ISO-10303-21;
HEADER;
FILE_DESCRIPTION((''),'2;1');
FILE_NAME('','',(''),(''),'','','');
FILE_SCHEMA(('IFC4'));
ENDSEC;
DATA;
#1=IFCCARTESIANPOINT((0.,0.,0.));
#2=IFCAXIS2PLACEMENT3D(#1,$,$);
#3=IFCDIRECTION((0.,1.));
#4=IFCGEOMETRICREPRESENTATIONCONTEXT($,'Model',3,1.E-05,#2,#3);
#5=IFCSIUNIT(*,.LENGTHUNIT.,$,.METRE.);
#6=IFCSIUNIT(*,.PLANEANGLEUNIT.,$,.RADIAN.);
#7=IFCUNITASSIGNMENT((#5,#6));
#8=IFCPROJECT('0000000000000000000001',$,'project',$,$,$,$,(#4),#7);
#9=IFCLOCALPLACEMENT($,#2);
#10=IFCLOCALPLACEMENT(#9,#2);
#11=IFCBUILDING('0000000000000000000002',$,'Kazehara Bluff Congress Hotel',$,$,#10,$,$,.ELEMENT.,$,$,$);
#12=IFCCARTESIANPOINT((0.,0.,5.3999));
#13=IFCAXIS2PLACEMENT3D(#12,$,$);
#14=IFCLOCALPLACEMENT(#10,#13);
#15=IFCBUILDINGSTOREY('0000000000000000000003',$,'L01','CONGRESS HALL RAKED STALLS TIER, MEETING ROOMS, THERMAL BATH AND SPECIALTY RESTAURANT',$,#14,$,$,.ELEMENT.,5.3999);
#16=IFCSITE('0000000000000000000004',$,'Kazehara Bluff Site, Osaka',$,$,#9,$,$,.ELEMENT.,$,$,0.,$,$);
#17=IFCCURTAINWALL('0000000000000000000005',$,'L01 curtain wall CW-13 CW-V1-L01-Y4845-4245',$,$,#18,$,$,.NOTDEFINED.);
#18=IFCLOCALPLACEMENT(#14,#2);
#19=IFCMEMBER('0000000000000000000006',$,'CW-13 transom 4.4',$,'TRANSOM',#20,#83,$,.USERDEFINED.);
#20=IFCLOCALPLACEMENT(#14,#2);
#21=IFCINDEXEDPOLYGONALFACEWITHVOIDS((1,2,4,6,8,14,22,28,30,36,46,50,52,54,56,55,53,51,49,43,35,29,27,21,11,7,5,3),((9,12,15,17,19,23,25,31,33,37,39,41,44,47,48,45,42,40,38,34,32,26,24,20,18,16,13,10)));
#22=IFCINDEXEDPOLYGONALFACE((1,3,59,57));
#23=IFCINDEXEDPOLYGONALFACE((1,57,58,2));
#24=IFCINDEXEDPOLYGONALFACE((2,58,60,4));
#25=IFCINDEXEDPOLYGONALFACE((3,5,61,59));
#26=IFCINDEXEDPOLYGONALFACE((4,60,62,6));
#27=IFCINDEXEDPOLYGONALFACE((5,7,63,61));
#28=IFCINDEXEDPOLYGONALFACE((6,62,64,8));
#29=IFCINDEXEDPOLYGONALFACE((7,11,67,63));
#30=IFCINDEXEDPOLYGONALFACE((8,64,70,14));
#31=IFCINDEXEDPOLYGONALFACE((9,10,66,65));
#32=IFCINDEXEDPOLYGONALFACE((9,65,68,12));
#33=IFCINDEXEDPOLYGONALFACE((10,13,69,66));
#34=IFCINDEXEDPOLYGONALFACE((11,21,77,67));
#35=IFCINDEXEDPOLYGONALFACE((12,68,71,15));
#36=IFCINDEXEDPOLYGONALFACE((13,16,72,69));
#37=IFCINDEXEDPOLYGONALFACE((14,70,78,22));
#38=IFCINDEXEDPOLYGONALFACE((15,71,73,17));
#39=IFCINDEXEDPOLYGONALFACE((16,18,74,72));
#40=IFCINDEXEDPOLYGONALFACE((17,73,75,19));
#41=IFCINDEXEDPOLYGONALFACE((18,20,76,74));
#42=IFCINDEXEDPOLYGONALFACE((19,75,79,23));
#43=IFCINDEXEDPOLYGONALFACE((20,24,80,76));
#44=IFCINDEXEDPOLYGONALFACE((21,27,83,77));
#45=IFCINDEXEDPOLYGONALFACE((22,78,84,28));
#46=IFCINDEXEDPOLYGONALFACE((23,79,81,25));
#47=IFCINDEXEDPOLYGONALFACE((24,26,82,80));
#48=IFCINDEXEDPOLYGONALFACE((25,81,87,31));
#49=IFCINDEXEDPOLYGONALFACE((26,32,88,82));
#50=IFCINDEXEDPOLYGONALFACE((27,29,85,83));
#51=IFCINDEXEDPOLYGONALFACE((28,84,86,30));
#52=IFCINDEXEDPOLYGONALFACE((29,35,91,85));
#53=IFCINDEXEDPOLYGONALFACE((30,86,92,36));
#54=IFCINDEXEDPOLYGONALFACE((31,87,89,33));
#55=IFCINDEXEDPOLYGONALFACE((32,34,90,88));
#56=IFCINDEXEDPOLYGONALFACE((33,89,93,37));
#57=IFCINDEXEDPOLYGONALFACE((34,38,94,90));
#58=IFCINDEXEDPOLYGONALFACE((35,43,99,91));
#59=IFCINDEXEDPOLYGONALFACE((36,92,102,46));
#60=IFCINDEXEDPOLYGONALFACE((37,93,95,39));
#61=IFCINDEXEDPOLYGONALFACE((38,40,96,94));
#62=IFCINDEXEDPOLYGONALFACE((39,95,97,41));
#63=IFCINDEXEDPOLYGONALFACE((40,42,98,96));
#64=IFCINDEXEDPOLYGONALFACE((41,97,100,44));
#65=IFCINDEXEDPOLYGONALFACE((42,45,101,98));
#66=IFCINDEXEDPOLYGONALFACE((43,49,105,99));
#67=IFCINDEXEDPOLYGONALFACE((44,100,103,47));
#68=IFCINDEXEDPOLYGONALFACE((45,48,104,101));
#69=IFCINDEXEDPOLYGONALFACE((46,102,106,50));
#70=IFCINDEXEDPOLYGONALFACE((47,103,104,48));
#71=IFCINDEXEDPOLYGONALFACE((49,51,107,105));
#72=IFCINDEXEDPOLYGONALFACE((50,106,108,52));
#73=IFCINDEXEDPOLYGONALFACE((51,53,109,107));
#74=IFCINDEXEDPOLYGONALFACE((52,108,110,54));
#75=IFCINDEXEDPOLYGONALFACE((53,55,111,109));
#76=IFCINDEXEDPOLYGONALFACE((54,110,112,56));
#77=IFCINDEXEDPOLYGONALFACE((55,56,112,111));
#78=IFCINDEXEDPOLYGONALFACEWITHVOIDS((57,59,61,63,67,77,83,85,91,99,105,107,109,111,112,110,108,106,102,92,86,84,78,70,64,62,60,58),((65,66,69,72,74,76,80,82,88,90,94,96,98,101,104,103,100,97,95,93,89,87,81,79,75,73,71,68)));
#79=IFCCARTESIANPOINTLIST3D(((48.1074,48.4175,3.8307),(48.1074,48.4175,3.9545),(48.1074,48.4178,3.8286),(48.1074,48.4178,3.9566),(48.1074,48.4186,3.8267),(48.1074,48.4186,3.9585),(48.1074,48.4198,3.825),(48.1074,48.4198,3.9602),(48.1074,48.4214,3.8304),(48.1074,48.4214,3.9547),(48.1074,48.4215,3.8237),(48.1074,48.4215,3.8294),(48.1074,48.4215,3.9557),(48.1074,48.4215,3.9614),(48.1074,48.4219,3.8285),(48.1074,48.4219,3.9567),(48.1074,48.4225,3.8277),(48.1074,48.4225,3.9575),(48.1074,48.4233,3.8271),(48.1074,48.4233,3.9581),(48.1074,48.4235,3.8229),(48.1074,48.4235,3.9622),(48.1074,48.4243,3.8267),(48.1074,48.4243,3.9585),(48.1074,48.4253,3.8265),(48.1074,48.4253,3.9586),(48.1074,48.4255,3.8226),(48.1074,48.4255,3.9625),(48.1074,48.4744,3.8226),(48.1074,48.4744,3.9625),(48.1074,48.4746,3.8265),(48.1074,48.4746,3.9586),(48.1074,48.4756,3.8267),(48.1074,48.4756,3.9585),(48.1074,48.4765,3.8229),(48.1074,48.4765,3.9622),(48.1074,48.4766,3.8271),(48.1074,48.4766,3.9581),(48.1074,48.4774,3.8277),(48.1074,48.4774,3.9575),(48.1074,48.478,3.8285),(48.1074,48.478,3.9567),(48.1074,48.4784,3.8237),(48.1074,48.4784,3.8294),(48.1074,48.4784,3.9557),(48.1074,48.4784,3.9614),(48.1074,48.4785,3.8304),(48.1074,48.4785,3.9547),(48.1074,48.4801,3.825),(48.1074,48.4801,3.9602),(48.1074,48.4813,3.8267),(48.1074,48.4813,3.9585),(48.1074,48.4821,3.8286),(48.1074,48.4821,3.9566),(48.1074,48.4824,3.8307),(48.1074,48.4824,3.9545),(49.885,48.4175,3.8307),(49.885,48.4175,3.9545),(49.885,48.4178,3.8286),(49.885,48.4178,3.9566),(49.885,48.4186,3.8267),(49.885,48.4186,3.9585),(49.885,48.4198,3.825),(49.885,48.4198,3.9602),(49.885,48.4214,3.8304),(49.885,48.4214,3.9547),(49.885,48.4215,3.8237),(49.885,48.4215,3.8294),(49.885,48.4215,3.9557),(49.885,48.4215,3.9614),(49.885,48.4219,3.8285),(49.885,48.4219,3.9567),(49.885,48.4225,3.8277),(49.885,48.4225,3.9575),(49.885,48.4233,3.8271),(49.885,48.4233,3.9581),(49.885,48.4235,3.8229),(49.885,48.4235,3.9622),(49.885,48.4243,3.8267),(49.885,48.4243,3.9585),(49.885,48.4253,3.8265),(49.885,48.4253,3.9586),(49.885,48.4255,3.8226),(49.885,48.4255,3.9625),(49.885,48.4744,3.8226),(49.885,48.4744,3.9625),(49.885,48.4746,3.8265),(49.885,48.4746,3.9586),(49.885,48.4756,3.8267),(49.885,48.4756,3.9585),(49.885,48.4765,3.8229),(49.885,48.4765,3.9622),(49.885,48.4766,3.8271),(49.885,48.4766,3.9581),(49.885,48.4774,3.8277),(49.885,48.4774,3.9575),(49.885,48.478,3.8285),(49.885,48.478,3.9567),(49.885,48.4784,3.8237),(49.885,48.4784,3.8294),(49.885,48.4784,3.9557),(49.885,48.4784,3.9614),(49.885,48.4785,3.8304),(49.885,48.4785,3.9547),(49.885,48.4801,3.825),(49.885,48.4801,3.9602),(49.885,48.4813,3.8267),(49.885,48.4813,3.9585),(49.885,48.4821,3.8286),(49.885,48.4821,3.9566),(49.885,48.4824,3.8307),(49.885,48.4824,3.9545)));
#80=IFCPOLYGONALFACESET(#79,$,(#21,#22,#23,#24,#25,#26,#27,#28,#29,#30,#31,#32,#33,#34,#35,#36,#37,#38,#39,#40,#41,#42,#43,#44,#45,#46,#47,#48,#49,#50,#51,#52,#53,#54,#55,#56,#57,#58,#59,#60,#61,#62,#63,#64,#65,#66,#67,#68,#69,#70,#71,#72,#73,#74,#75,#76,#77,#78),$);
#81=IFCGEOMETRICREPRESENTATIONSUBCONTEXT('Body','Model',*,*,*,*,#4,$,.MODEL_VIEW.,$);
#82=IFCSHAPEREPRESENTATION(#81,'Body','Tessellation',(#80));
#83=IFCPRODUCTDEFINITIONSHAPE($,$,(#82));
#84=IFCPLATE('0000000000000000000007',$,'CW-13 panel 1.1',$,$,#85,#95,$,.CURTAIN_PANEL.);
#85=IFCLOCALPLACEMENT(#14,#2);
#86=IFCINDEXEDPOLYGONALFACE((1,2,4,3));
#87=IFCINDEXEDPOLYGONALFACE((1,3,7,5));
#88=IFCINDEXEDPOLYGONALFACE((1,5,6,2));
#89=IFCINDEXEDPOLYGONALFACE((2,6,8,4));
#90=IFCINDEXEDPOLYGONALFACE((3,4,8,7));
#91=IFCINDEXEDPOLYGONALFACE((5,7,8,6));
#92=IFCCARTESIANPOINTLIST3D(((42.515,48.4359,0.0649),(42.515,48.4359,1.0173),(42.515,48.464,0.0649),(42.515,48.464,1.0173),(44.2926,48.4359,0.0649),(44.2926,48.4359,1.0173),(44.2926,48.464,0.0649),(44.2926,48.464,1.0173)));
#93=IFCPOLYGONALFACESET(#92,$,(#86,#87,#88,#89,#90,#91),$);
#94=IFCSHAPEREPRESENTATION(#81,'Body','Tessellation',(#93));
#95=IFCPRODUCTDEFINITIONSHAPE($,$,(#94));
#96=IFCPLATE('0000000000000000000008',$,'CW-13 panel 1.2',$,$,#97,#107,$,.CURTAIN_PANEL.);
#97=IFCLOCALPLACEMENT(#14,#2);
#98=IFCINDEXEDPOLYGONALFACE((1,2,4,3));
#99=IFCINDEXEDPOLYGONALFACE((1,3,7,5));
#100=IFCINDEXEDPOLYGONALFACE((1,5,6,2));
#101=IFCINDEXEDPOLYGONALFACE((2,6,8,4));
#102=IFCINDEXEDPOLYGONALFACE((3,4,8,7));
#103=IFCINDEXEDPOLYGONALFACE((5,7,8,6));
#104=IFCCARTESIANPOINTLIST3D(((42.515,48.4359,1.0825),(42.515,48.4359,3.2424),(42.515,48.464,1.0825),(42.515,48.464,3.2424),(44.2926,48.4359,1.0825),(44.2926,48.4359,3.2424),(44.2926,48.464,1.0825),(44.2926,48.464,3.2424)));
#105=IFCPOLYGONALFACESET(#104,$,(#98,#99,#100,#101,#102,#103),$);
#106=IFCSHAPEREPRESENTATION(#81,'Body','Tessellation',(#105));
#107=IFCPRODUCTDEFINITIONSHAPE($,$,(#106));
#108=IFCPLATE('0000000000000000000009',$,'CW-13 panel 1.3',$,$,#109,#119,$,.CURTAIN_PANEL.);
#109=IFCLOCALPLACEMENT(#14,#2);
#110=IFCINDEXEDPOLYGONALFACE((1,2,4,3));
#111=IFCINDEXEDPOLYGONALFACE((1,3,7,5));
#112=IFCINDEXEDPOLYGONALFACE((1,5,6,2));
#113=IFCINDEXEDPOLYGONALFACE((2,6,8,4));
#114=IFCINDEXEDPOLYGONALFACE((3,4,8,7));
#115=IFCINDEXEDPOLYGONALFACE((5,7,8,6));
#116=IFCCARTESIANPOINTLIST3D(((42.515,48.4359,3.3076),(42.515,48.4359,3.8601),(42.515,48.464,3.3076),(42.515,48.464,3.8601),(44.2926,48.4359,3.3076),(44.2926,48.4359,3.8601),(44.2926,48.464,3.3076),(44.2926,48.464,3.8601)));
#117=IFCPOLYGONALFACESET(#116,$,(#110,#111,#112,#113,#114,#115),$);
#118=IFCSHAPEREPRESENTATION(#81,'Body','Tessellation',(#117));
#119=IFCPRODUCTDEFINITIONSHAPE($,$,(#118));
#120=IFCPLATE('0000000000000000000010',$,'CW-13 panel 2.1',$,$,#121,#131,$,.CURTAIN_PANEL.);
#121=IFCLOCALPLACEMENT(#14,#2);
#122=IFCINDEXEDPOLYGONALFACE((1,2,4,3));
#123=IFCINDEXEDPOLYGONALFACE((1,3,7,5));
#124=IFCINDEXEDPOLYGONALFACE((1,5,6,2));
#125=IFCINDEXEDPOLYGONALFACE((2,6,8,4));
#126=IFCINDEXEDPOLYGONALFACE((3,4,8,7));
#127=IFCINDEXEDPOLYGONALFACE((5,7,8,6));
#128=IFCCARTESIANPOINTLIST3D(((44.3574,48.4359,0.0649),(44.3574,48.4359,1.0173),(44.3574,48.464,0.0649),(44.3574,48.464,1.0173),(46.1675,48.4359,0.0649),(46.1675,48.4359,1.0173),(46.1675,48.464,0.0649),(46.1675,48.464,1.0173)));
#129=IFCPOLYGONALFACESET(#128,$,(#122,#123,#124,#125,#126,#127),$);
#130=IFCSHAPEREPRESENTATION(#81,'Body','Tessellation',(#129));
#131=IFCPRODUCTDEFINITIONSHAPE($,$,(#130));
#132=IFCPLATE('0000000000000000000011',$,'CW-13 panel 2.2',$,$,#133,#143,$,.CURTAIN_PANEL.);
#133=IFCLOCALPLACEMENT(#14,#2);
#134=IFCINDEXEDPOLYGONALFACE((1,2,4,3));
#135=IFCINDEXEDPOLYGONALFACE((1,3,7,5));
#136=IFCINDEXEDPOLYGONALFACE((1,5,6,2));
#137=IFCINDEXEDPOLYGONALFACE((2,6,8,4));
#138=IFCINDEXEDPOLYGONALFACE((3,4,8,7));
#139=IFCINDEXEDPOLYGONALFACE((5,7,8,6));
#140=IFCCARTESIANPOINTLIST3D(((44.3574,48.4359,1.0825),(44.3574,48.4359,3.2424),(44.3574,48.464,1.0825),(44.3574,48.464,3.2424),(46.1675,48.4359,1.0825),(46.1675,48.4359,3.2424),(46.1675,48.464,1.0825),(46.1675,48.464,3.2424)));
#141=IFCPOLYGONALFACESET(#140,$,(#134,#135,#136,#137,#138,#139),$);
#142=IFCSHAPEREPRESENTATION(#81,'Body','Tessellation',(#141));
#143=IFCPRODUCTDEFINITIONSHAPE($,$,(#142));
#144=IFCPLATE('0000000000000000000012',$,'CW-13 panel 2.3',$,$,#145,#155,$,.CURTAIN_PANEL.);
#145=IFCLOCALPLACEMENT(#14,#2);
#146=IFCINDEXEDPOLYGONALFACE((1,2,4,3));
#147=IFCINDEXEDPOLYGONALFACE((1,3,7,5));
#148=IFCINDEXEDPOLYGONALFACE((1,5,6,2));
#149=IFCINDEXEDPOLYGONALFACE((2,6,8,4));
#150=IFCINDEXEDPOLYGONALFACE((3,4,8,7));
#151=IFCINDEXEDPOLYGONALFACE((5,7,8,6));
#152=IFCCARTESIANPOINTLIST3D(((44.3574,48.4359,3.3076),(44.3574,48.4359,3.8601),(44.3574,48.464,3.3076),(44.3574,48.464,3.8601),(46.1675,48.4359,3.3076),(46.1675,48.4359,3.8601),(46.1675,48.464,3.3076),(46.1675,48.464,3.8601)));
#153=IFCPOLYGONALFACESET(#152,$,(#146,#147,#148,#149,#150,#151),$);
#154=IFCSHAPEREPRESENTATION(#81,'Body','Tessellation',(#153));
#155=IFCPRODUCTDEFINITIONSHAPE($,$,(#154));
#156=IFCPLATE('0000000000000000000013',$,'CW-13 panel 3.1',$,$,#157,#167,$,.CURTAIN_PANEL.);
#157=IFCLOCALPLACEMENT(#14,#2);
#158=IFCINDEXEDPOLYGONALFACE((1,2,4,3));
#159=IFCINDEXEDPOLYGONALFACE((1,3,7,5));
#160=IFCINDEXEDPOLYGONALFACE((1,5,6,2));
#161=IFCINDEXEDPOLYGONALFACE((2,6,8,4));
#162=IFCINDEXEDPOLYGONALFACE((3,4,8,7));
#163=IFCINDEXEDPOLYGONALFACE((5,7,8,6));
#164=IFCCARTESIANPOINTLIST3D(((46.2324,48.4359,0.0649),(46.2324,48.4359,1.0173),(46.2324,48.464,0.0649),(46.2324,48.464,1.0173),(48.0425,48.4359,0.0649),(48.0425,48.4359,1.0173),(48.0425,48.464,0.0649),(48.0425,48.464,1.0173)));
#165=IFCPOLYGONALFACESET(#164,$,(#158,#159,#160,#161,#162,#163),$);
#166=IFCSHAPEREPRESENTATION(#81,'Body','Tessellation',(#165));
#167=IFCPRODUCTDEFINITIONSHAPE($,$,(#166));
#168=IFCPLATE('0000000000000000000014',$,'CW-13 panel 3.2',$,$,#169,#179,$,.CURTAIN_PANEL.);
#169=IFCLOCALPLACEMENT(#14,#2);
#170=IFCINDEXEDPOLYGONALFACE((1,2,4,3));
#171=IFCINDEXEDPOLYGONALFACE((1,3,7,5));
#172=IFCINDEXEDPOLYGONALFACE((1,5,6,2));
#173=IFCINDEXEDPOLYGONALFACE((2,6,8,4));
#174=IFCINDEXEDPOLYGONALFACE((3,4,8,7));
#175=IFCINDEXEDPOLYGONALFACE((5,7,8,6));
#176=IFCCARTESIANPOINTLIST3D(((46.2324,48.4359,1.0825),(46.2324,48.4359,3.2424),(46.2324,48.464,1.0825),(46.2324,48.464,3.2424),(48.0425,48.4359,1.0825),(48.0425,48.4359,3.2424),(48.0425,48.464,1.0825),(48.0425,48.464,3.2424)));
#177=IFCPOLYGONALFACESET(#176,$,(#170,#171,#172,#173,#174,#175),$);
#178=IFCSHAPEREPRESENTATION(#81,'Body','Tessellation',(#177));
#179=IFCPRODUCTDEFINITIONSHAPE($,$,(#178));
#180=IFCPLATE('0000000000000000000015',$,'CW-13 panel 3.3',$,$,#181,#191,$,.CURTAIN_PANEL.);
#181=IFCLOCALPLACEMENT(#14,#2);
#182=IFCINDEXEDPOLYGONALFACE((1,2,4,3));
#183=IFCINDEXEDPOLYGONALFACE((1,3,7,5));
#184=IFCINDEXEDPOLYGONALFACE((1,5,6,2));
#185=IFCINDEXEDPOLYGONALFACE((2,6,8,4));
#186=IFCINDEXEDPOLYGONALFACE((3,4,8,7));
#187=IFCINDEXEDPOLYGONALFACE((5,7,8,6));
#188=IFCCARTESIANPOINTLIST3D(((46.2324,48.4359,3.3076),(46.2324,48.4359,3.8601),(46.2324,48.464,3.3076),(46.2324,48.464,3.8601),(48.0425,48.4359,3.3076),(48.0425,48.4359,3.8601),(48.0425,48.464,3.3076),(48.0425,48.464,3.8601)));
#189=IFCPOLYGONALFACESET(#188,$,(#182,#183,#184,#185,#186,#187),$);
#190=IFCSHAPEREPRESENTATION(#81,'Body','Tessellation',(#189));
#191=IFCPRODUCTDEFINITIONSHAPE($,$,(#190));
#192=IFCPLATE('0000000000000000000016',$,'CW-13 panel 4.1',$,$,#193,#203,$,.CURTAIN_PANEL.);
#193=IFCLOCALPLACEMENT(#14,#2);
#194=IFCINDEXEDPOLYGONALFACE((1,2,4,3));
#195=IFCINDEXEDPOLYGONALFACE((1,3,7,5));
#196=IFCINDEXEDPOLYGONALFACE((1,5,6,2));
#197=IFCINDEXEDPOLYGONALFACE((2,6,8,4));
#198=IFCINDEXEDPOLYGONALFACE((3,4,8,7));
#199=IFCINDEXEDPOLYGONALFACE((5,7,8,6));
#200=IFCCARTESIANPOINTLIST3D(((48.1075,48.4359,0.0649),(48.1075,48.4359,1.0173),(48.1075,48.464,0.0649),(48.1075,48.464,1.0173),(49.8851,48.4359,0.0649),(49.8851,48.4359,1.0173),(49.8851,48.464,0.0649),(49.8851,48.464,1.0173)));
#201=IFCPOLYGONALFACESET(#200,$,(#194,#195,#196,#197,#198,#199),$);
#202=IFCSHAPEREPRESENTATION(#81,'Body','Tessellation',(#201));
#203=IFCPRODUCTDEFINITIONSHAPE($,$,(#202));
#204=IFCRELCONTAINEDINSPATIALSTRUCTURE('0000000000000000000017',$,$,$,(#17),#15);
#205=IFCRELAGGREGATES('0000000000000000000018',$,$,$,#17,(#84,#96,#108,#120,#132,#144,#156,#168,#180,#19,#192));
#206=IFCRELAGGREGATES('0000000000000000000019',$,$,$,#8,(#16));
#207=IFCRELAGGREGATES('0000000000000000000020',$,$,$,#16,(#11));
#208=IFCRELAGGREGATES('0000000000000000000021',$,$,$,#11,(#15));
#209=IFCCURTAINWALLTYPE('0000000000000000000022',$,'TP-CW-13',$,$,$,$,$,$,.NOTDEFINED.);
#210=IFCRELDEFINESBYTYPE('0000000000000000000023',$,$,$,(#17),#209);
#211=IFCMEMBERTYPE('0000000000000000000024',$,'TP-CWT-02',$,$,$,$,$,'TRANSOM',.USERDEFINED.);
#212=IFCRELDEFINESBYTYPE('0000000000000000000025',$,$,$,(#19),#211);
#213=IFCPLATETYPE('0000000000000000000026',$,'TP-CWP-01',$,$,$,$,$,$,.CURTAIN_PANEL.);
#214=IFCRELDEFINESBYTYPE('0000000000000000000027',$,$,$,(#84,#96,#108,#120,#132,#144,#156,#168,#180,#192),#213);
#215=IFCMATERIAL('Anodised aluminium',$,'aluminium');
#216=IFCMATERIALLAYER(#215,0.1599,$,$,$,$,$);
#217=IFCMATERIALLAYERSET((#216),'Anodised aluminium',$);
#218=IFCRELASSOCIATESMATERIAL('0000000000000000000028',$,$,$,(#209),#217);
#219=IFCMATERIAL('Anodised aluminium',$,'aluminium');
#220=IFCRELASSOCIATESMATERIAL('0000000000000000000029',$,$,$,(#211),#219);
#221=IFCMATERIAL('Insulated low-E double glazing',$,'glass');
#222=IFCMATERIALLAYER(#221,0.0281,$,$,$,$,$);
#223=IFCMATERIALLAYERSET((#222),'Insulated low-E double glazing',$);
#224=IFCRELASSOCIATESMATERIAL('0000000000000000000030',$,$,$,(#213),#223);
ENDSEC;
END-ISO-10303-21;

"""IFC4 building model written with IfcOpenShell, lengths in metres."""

from ifc_helpers import new_model, si_unit, direction, frame, origin, origin_2d, place, context, subcontext, project, spatial, rectangle, hollow_rectangle, extrude, material, layer, layer_set, material_profile, profile_set, type_object, element, aggregate, save


model = new_model("IFC4")

# Units and contexts
model_context = context("Model", 3, precision=1e-05, world=origin(), true_north=direction((0.0, 1.0)))
body_context = subcontext(model_context, "Body", "Model", "MODEL_VIEW")
ifc_project = project(units=[si_unit("LENGTHUNIT", "METRE"), si_unit("PLANEANGLEUNIT", "RADIAN")], contexts=[model_context])

# Site, building, storey
site_placement = place(None, origin())
site = spatial("IfcSite", under=ifc_project, at=site_placement, Name="Kazehara Bluff Site, Osaka", CompositionType="ELEMENT", RefElevation=0.0)
building_placement = place(site_placement, origin())
building = spatial("IfcBuilding", under=site, at=building_placement, Name="Kazehara Bluff Congress Hotel", CompositionType="ELEMENT")
storey_placement = place(building_placement, frame((0.0, 0.0, 5.3999)))
storey = spatial("IfcBuildingStorey", under=building, at=storey_placement, Name="L01", Description="CONGRESS HALL RAKED STALLS TIER, MEETING ROOMS, THERMAL BATH AND SPECIALTY RESTAURANT", CompositionType="ELEMENT", Elevation=5.3999)

# Curtain wall, member, plates
ifc_material_1 = material(Name="Anodised aluminium", Category="aluminium")
ifc_layer_1 = layer(ifc_material_1, 0.1599)
ifc_layer_set_1 = layer_set([ifc_layer_1], Name="Anodised aluminium")
curtain_wall_type = type_object("IfcCurtainWallType", Name="TP-CW-13", PredefinedType="NOTDEFINED", material=ifc_layer_set_1)
curtain_wall_placement = place(storey_placement, origin())
curtain_wall = element("IfcCurtainWall", 1, at=curtain_wall_placement, inside=storey, type_object=curtain_wall_type, Name="L01 curtain wall CW-13 CW-V1-L01-Y4845-4245", PredefinedType="NOTDEFINED")
ifc_material_2 = material(Name="Anodised aluminium", Category="aluminium")
ifc_material_profile_1 = material_profile(ifc_material_2, hollow_rectangle(XDim=0.0649, YDim=0.1399, WallThickness=0.0039, InnerFilletRadius=0.0039, OuterFilletRadius=0.0081, at=origin_2d()))
ifc_profile_set_1 = profile_set([ifc_material_profile_1], Name="Anodised aluminium")
member_type_1 = type_object("IfcMemberType", Name="TP-CWT-02", ElementType="TRANSOM", PredefinedType="USERDEFINED", material=ifc_profile_set_1)
member_1_placement = place(storey_placement, frame((48.1074, 48.45, 3.8926), z_axis=(1.0, 0.0, 0.0), x_axis=(0.0, 1.0, 0.0)))
member_1 = element("IfcMember", 2, at=member_1_placement, type_object=member_type_1, Name="CW-13 transom 4.4", ObjectType="TRANSOM", PredefinedType="USERDEFINED", context=body_context, shape_type="SweptSolid", body=[
    extrude(hollow_rectangle(XDim=0.0649, YDim=0.1399, WallThickness=0.0039, InnerFilletRadius=0.0039, OuterFilletRadius=0.0081, at=origin_2d()), origin(), (0.0, 0.0, 1.0), 1.7776),
])
ifc_material_3 = material(Name="Insulated low-E double glazing", Category="glass")
ifc_layer_2 = layer(ifc_material_3, 0.0281)
ifc_layer_set_2 = layer_set([ifc_layer_2], Name="Insulated low-E double glazing")
plate_type = type_object("IfcPlateType", Name="TP-CWP-01", PredefinedType="CURTAIN_PANEL", material=ifc_layer_set_2)
plate_1_placement = place(storey_placement, frame((43.4038, 48.45, 0.0649), z_axis=(0.0, 0.0, 1.0), x_axis=(1.0, 0.0, 0.0)))
plate_1 = element("IfcPlate", 3, at=plate_1_placement, type_object=plate_type, Name="CW-13 panel 1.1", PredefinedType="CURTAIN_PANEL", context=body_context, shape_type="SweptSolid", body=[
    extrude(rectangle(XDim=1.7776, YDim=0.0281, at=origin_2d()), origin(), (0.0, 0.0, 1.0), 0.9524),
])
plate_2_placement = place(storey_placement, frame((43.4038, 48.45, 1.0825), z_axis=(0.0, 0.0, 1.0), x_axis=(1.0, 0.0, 0.0)))
plate_2 = element("IfcPlate", 4, at=plate_2_placement, type_object=plate_type, Name="CW-13 panel 1.2", PredefinedType="CURTAIN_PANEL", context=body_context, shape_type="SweptSolid", body=[
    extrude(rectangle(XDim=1.7776, YDim=0.0281, at=origin_2d()), origin(), (0.0, 0.0, 1.0), 2.1599),
])
plate_3_placement = place(storey_placement, frame((43.4038, 48.45, 3.3076), z_axis=(0.0, 0.0, 1.0), x_axis=(1.0, 0.0, 0.0)))
plate_3 = element("IfcPlate", 5, at=plate_3_placement, type_object=plate_type, Name="CW-13 panel 1.3", PredefinedType="CURTAIN_PANEL", context=body_context, shape_type="SweptSolid", body=[
    extrude(rectangle(XDim=1.7776, YDim=0.0281, at=origin_2d()), origin(), (0.0, 0.0, 1.0), 0.5525),
])
plate_4_placement = place(storey_placement, frame((45.2625, 48.45, 0.0649), z_axis=(0.0, 0.0, 1.0), x_axis=(1.0, 0.0, 0.0)))
plate_4 = element("IfcPlate", 6, at=plate_4_placement, type_object=plate_type, Name="CW-13 panel 2.1", PredefinedType="CURTAIN_PANEL", context=body_context, shape_type="SweptSolid", body=[
    extrude(rectangle(XDim=1.8101, YDim=0.0281, at=origin_2d()), origin(), (0.0, 0.0, 1.0), 0.9524),
])
plate_5_placement = place(storey_placement, frame((45.2625, 48.45, 1.0825), z_axis=(0.0, 0.0, 1.0), x_axis=(1.0, 0.0, 0.0)))
plate_5 = element("IfcPlate", 7, at=plate_5_placement, type_object=plate_type, Name="CW-13 panel 2.2", PredefinedType="CURTAIN_PANEL", context=body_context, shape_type="SweptSolid", body=[
    extrude(rectangle(XDim=1.8101, YDim=0.0281, at=origin_2d()), origin(), (0.0, 0.0, 1.0), 2.1599),
])
plate_6_placement = place(storey_placement, frame((45.2625, 48.45, 3.3076), z_axis=(0.0, 0.0, 1.0), x_axis=(1.0, 0.0, 0.0)))
plate_6 = element("IfcPlate", 8, at=plate_6_placement, type_object=plate_type, Name="CW-13 panel 2.3", PredefinedType="CURTAIN_PANEL", context=body_context, shape_type="SweptSolid", body=[
    extrude(rectangle(XDim=1.8101, YDim=0.0281, at=origin_2d()), origin(), (0.0, 0.0, 1.0), 0.5525),
])
plate_7_placement = place(storey_placement, frame((47.1375, 48.45, 0.0649), z_axis=(0.0, 0.0, 1.0), x_axis=(1.0, 0.0, 0.0)))
plate_7 = element("IfcPlate", 9, at=plate_7_placement, type_object=plate_type, Name="CW-13 panel 3.1", PredefinedType="CURTAIN_PANEL", context=body_context, shape_type="SweptSolid", body=[
    extrude(rectangle(XDim=1.8101, YDim=0.0281, at=origin_2d()), origin(), (0.0, 0.0, 1.0), 0.9524),
])
plate_8_placement = place(storey_placement, frame((47.1375, 48.45, 1.0825), z_axis=(0.0, 0.0, 1.0), x_axis=(1.0, 0.0, 0.0)))
plate_8 = element("IfcPlate", 10, at=plate_8_placement, type_object=plate_type, Name="CW-13 panel 3.2", PredefinedType="CURTAIN_PANEL", context=body_context, shape_type="SweptSolid", body=[
    extrude(rectangle(XDim=1.8101, YDim=0.0281, at=origin_2d()), origin(), (0.0, 0.0, 1.0), 2.1599),
])
plate_9_placement = place(storey_placement, frame((47.1375, 48.45, 3.3076), z_axis=(0.0, 0.0, 1.0), x_axis=(1.0, 0.0, 0.0)))
plate_9 = element("IfcPlate", 11, at=plate_9_placement, type_object=plate_type, Name="CW-13 panel 3.3", PredefinedType="CURTAIN_PANEL", context=body_context, shape_type="SweptSolid", body=[
    extrude(rectangle(XDim=1.8101, YDim=0.0281, at=origin_2d()), origin(), (0.0, 0.0, 1.0), 0.5525),
])
plate_10_placement = place(storey_placement, frame((48.9963, 48.45, 0.0649), z_axis=(0.0, 0.0, 1.0), x_axis=(1.0, 0.0, 0.0)))
plate_10 = element("IfcPlate", 12, at=plate_10_placement, type_object=plate_type, Name="CW-13 panel 4.1", PredefinedType="CURTAIN_PANEL", context=body_context, shape_type="SweptSolid", body=[
    extrude(rectangle(XDim=1.7776, YDim=0.0281, at=origin_2d()), origin(), (0.0, 0.0, 1.0), 0.9524),
])
aggregate(curtain_wall, [plate_1, plate_2, plate_3, plate_4, plate_5, plate_6, plate_7, plate_8, plate_9, member_1, plate_10])

save(model, "model.ifc")
